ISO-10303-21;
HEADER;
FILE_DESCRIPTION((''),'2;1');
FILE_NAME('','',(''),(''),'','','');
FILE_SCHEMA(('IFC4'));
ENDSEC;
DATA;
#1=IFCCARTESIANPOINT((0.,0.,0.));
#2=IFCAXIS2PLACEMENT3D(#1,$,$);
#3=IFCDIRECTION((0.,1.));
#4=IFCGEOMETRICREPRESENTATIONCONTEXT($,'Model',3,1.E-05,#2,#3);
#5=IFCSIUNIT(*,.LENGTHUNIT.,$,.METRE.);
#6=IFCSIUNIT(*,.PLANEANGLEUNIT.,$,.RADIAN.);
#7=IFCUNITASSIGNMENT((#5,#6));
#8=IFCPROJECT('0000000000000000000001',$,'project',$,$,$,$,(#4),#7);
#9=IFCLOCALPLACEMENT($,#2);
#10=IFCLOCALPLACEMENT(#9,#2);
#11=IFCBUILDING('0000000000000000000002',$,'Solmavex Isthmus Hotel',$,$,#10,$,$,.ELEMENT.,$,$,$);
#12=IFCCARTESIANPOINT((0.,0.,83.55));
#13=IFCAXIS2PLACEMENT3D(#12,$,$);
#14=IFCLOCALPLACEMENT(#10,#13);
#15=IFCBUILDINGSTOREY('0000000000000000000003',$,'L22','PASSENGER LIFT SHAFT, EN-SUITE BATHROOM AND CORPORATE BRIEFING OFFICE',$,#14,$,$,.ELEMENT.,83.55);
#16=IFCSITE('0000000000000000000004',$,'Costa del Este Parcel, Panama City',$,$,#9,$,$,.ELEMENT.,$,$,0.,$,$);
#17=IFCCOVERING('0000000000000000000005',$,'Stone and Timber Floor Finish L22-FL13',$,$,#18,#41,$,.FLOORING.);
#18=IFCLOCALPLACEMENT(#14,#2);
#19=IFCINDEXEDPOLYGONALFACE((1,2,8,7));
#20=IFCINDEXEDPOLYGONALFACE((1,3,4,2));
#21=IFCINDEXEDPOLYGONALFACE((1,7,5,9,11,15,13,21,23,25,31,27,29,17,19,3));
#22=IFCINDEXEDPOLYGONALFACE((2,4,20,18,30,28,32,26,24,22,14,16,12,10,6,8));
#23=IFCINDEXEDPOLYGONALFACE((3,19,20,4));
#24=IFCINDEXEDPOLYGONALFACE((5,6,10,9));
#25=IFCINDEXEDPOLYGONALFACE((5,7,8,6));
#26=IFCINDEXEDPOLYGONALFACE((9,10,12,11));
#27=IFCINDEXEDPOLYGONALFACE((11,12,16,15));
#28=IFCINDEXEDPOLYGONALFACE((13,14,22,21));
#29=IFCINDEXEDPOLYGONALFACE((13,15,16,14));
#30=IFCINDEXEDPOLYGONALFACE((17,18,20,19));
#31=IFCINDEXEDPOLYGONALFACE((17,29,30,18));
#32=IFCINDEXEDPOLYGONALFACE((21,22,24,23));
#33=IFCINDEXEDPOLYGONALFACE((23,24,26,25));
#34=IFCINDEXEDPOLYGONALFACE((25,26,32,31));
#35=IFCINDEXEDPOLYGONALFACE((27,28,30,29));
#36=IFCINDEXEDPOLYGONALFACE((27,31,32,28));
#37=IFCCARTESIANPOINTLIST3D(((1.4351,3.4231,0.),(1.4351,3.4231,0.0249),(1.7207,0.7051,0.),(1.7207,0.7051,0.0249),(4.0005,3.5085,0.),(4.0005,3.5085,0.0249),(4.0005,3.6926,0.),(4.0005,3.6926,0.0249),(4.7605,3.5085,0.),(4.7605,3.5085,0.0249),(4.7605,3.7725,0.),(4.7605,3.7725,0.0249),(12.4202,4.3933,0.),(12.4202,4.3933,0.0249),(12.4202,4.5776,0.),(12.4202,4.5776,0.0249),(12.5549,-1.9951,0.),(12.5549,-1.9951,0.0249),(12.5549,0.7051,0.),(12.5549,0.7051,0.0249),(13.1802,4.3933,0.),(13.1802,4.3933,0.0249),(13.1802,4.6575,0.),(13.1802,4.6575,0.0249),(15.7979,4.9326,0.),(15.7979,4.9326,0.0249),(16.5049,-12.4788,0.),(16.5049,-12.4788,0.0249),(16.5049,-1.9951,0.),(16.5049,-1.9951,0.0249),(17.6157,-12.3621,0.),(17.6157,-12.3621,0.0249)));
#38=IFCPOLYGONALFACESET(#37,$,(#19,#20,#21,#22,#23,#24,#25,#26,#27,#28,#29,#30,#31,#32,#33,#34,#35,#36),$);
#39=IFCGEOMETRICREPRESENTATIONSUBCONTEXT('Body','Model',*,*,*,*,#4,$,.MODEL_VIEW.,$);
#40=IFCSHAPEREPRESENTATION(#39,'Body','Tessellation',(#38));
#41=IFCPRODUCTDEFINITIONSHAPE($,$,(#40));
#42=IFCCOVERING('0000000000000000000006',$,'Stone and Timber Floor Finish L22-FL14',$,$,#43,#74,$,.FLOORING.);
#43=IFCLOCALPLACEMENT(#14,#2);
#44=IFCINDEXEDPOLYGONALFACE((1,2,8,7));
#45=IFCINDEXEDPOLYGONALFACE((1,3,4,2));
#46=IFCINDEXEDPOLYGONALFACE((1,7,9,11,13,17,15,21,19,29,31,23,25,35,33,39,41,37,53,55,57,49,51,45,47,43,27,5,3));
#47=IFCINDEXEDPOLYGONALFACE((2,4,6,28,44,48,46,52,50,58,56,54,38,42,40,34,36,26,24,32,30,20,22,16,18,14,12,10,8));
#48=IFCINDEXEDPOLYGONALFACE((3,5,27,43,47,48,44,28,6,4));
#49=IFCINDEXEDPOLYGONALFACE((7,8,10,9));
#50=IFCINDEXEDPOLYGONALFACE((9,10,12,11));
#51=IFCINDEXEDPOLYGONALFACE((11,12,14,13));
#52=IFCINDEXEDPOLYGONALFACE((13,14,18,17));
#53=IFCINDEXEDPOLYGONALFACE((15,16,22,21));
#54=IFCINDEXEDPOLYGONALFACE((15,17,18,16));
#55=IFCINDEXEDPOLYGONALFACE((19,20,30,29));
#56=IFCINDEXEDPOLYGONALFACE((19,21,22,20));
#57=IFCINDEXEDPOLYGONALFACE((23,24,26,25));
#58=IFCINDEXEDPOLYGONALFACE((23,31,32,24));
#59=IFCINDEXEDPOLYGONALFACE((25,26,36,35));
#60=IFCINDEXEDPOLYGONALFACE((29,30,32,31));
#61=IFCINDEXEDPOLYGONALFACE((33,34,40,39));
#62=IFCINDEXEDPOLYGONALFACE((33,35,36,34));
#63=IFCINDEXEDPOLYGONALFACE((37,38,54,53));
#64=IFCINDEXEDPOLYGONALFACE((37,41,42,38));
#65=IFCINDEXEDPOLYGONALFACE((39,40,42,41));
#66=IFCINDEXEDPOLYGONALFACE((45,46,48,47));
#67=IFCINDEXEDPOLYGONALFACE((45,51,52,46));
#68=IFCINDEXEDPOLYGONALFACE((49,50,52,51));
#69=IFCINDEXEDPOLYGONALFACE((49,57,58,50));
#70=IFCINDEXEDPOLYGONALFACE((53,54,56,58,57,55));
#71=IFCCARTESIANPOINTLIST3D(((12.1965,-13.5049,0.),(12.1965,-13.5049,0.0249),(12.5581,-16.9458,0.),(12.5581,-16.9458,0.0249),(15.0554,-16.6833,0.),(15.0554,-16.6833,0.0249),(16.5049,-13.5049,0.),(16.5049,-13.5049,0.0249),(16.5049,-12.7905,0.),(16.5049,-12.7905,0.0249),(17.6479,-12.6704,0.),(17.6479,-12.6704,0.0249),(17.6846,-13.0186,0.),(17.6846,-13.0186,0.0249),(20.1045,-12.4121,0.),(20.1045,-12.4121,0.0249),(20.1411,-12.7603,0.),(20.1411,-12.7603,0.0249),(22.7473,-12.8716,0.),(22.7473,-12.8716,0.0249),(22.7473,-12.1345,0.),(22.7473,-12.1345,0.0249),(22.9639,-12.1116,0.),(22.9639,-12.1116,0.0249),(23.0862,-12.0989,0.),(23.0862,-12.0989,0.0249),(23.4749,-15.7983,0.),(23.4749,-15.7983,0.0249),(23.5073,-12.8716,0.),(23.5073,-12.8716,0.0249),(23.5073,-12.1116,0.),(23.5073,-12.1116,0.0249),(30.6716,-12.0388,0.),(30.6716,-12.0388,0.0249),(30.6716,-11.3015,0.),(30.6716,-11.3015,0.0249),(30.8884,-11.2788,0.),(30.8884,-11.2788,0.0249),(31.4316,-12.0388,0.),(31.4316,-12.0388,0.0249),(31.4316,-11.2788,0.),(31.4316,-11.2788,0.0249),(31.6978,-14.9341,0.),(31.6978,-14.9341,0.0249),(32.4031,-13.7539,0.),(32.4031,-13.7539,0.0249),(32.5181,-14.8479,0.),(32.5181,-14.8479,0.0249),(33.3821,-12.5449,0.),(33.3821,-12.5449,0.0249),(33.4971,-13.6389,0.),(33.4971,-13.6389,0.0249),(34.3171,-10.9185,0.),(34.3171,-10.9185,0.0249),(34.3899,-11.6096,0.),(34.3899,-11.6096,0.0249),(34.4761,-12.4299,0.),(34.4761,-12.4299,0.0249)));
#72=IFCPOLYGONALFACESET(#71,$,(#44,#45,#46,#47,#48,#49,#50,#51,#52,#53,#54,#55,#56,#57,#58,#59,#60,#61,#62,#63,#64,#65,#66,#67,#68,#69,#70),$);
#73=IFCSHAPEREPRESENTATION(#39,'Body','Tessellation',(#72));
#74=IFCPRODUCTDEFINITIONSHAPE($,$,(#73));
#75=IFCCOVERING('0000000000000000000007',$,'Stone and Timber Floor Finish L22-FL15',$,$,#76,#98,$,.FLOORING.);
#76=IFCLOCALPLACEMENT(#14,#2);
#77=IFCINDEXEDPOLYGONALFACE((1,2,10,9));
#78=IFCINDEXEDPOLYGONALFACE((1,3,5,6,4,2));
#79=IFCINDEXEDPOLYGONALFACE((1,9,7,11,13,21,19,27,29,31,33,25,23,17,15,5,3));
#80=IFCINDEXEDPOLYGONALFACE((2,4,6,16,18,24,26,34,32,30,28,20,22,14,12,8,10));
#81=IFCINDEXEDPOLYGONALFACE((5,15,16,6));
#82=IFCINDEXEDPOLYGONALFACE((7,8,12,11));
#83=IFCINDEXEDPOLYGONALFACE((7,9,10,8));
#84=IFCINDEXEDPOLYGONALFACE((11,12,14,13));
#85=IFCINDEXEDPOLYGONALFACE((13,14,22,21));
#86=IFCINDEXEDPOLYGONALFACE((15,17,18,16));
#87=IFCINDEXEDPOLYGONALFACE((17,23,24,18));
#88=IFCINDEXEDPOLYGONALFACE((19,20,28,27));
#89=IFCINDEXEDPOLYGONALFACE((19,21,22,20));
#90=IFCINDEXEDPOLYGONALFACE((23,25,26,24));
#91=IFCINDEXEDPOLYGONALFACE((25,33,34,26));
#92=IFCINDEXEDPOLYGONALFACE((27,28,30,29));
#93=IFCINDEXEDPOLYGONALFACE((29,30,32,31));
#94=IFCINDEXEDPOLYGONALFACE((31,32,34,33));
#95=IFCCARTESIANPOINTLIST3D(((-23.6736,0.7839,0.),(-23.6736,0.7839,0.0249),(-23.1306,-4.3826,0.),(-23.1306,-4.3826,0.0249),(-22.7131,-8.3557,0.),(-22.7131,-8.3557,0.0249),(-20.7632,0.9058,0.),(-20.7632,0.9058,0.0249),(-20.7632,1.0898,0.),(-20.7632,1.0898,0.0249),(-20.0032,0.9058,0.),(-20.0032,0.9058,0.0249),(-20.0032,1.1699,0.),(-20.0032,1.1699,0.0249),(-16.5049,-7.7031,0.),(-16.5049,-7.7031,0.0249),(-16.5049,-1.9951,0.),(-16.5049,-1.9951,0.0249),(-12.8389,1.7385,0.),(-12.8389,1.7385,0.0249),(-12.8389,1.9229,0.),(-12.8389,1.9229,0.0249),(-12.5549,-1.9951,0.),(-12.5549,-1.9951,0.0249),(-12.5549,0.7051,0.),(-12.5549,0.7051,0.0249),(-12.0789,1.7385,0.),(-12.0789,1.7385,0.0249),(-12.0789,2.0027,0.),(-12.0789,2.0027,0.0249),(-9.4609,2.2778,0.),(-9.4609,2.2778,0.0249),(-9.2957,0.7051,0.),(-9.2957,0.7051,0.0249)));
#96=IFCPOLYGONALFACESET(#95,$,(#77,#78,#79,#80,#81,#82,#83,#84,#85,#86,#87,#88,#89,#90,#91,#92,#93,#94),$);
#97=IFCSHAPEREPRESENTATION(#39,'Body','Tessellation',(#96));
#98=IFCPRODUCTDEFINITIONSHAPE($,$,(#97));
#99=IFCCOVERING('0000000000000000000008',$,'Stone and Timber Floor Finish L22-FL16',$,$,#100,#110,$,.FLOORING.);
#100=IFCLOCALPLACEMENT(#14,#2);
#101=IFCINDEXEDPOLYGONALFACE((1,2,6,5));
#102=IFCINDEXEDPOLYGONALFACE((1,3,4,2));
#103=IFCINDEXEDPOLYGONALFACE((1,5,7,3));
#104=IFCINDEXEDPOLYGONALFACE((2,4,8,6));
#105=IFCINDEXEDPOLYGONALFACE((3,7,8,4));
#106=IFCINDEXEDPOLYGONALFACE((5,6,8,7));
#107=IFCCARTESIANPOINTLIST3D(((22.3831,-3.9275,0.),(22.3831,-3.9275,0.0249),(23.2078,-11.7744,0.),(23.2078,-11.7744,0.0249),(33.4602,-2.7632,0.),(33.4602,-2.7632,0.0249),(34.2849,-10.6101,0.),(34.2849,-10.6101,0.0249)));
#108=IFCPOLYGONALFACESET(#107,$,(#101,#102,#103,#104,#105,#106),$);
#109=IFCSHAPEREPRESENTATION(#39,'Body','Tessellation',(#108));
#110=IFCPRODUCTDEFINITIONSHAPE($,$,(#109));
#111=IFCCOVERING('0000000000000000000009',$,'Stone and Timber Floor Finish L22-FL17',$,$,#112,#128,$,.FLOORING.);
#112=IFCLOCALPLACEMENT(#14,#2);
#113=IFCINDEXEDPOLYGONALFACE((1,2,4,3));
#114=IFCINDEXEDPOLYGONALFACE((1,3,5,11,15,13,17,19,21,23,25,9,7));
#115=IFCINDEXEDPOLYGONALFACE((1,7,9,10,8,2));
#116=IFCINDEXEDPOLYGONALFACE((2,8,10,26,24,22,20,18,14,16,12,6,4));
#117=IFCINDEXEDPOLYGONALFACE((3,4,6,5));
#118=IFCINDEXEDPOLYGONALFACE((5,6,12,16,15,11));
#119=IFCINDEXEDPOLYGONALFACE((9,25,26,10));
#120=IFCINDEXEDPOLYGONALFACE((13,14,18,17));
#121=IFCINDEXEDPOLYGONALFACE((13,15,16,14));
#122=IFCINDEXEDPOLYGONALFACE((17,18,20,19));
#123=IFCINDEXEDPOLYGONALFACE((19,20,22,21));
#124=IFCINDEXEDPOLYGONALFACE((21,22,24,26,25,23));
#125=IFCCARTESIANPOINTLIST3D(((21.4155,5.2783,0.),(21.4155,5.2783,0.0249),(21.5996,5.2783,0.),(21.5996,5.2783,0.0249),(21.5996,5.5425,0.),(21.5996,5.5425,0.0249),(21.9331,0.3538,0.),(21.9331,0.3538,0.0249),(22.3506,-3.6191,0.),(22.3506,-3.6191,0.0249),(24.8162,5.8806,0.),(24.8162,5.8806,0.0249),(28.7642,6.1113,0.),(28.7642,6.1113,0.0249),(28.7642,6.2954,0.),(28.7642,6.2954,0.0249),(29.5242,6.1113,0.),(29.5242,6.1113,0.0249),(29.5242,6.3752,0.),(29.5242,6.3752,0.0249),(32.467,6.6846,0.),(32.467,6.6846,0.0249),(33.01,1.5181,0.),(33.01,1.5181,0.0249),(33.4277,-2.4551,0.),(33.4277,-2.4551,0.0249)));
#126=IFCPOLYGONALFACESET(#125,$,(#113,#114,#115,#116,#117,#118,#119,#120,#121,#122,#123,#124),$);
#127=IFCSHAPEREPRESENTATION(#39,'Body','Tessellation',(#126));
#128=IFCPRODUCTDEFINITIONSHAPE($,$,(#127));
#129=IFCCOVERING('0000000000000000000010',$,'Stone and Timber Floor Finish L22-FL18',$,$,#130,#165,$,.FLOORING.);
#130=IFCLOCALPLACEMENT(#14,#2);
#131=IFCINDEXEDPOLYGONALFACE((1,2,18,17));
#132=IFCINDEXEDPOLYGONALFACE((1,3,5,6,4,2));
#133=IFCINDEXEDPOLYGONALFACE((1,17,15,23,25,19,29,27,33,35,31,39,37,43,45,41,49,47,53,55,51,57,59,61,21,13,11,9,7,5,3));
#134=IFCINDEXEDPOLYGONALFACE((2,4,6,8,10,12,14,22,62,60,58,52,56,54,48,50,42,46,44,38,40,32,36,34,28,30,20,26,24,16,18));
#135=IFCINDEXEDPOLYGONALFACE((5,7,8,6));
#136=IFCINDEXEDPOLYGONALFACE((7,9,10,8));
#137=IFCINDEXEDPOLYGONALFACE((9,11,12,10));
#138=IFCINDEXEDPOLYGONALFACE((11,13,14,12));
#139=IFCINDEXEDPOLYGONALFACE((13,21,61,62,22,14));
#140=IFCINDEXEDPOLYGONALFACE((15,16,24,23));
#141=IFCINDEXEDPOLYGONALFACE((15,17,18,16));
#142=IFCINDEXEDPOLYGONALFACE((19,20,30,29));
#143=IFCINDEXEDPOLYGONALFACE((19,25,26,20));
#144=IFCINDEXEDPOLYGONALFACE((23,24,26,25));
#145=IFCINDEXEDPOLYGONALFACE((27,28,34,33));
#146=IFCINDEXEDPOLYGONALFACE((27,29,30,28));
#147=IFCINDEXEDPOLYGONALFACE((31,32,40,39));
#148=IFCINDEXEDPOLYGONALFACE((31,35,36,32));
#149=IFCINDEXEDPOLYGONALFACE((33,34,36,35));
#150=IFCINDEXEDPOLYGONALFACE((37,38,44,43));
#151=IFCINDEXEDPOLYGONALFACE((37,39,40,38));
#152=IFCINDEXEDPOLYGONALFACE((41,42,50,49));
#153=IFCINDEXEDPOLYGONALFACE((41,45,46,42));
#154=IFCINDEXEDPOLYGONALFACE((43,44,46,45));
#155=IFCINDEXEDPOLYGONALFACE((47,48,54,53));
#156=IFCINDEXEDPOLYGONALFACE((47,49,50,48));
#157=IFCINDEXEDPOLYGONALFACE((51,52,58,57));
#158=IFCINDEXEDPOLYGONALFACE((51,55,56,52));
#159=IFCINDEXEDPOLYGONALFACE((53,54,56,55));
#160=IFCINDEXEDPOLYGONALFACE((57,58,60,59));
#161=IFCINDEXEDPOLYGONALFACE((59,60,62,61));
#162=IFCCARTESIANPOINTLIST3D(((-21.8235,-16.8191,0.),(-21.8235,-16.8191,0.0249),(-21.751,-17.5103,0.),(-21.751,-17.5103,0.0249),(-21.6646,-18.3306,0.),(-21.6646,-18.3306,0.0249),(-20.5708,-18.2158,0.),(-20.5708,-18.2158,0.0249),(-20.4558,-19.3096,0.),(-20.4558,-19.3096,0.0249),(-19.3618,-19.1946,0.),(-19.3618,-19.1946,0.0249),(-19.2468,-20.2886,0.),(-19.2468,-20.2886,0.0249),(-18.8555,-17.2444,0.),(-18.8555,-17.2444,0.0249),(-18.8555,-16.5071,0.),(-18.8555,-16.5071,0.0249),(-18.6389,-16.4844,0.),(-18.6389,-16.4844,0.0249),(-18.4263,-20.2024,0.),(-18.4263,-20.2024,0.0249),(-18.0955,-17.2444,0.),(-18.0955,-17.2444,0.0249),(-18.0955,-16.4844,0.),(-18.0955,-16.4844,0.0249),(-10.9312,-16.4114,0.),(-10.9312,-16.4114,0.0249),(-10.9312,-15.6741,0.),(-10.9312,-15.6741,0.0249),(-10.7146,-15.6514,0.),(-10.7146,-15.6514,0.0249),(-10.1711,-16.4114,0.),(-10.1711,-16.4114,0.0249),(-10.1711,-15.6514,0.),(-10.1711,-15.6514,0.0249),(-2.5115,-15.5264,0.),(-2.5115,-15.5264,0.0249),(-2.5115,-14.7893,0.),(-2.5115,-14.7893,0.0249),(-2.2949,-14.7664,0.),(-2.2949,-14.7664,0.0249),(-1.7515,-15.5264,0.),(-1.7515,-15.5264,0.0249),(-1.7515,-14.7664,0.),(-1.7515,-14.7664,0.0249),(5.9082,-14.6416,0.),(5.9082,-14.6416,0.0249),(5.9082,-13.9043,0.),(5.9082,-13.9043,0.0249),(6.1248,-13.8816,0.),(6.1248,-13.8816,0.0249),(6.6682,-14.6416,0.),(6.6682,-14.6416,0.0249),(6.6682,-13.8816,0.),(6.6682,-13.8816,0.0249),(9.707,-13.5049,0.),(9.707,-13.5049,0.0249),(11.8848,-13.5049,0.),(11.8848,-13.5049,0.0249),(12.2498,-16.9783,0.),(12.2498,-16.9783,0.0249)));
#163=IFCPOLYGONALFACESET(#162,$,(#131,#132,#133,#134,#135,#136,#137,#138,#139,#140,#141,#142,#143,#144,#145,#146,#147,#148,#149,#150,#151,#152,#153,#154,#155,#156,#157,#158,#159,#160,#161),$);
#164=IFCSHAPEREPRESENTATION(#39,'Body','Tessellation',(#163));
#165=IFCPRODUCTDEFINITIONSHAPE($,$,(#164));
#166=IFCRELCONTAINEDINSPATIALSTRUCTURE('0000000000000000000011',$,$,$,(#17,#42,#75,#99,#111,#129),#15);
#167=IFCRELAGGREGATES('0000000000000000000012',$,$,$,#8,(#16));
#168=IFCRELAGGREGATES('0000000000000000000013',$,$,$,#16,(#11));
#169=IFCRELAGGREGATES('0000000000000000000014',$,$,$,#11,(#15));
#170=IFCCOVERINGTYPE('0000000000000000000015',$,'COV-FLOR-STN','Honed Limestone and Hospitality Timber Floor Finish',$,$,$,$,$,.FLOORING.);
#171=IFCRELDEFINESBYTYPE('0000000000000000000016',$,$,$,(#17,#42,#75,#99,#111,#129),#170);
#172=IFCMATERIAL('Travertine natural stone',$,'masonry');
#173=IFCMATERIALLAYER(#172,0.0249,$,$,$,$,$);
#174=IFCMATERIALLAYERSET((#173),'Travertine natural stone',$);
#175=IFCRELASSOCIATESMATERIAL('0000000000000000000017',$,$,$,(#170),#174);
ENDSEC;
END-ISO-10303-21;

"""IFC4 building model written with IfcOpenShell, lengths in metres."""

from ifc_helpers import new_model, si_unit, direction, frame, origin, place, context, subcontext, project, spatial, polyline, outline, extrude, material, layer, layer_set, type_object, element, save


model = new_model("IFC4")

# Units and contexts
model_context = context("Model", 3, precision=1e-05, world=origin(), true_north=direction((0.0, 1.0)))
body_context = subcontext(model_context, "Body", "Model", "MODEL_VIEW")
ifc_project = project(units=[si_unit("LENGTHUNIT", "METRE"), si_unit("PLANEANGLEUNIT", "RADIAN")], contexts=[model_context])

# Site, building, storey
site_placement = place(None, origin())
site = spatial("IfcSite", under=ifc_project, at=site_placement, Name="Costa del Este Parcel, Panama City", CompositionType="ELEMENT", RefElevation=0.0)
building_placement = place(site_placement, origin())
building = spatial("IfcBuilding", under=site, at=building_placement, Name="Solmavex Isthmus Hotel", CompositionType="ELEMENT")
storey_placement = place(building_placement, frame((0.0, 0.0, 83.55)))
storey = spatial("IfcBuildingStorey", under=building, at=storey_placement, Name="L22", Description="PASSENGER LIFT SHAFT, EN-SUITE BATHROOM AND CORPORATE BRIEFING OFFICE", CompositionType="ELEMENT", Elevation=83.55)

# Coverings
ifc_material_1 = material(Name="Travertine natural stone", Category="masonry")
ifc_layer_1 = layer(ifc_material_1, 0.0249)
ifc_layer_set_1 = layer_set([ifc_layer_1], Name="Travertine natural stone")
covering_type_1 = type_object("IfcCoveringType", Name="COV-FLOR-STN", Description="Honed Limestone and Hospitality Timber Floor Finish", PredefinedType="FLOORING", material=ifc_layer_set_1)
covering_1_placement = place(storey_placement, origin())
element("IfcCovering", 1, at=covering_1_placement, inside=storey, type_object=covering_type_1, Name="Stone and Timber Floor Finish L22-FL13", PredefinedType="FLOORING", context=body_context, shape_type="SweptSolid", body=[
    extrude(outline(polyline([(4.7605, 3.7725), (4.7605, 3.5085), (4.0005, 3.5085), (4.0005, 3.6926), (1.4351, 3.4231), (1.7207, 0.7051), (12.5549, 0.7051), (12.5549, -1.9951), (16.5049, -1.9951), (16.5049, -12.4788), (17.6157, -12.3621), (15.7979, 4.9326), (13.1802, 4.6575), (13.1802, 4.3933), (12.4202, 4.3933), (12.4202, 4.5776), (4.7605, 3.7725)])), origin(), (0.0, 0.0, 1.0), 0.0249),
])
covering_2_placement = place(storey_placement, origin())
element("IfcCovering", 2, at=covering_2_placement, inside=storey, type_object=covering_type_1, Name="Stone and Timber Floor Finish L22-FL14", PredefinedType="FLOORING", context=body_context, shape_type="SweptSolid", body=[
    extrude(outline(polyline([(16.5049, -12.7905), (16.5049, -13.5049), (12.1965, -13.5049), (12.5581, -16.9458), (15.0554, -16.6833), (23.4749, -15.7983), (31.6978, -14.9341), (32.5181, -14.8479), (32.4031, -13.7539), (33.4971, -13.6389), (33.3821, -12.5449), (34.4761, -12.4299), (34.3899, -11.6096), (34.3171, -10.9185), (30.8884, -11.2788), (31.4316, -11.2788), (31.4316, -12.0388), (30.6716, -12.0388), (30.6716, -11.3015), (23.0862, -12.0989), (22.9639, -12.1116), (23.5073, -12.1116), (23.5073, -12.8716), (22.7473, -12.8716), (22.7473, -12.1345), (20.1045, -12.4121), (20.1411, -12.7603), (17.6846, -13.0186), (17.6479, -12.6704), (16.5049, -12.7905)])), origin(), (0.0, 0.0, 1.0), 0.0249),
])
covering_3_placement = place(storey_placement, origin())
element("IfcCovering", 3, at=covering_3_placement, inside=storey, type_object=covering_type_1, Name="Stone and Timber Floor Finish L22-FL15", PredefinedType="FLOORING", context=body_context, shape_type="SweptSolid", body=[
    extrude(outline(polyline([(-20.0032, 1.1699), (-20.0032, 0.9058), (-20.7632, 0.9058), (-20.7632, 1.0898), (-23.6736, 0.7839), (-23.1306, -4.3826), (-22.7131, -8.3557), (-16.5049, -7.7031), (-16.5049, -1.9951), (-12.5549, -1.9951), (-12.5549, 0.7051), (-9.2957, 0.7051), (-9.4609, 2.2778), (-12.0789, 2.0027), (-12.0789, 1.7385), (-12.8389, 1.7385), (-12.8389, 1.9229), (-20.0032, 1.1699)])), origin(), (0.0, 0.0, 1.0), 0.0249),
])
covering_4_placement = place(storey_placement, origin())
element("IfcCovering", 4, at=covering_4_placement, inside=storey, type_object=covering_type_1, Name="Stone and Timber Floor Finish L22-FL16", PredefinedType="FLOORING", context=body_context, shape_type="SweptSolid", body=[
    extrude(outline(polyline([(33.4602, -2.7632), (22.3831, -3.9275), (23.2078, -11.7744), (34.2849, -10.6101), (33.4602, -2.7632)])), origin(), (0.0, 0.0, 1.0), 0.0249),
])
covering_5_placement = place(storey_placement, origin())
element("IfcCovering", 5, at=covering_5_placement, inside=storey, type_object=covering_type_1, Name="Stone and Timber Floor Finish L22-FL17", PredefinedType="FLOORING", context=body_context, shape_type="SweptSolid", body=[
    extrude(outline(polyline([(21.5996, 5.5425), (21.5996, 5.2783), (21.4155, 5.2783), (21.9331, 0.3538), (22.3506, -3.6191), (33.4277, -2.4551), (33.01, 1.5181), (32.467, 6.6846), (29.5242, 6.3752), (29.5242, 6.1113), (28.7642, 6.1113), (28.7642, 6.2954), (24.8162, 5.8806), (21.5996, 5.5425)])), origin(), (0.0, 0.0, 1.0), 0.0249),
])
covering_6_placement = place(storey_placement, origin())
element("IfcCovering", 6, at=covering_6_placement, inside=storey, type_object=covering_type_1, Name="Stone and Timber Floor Finish L22-FL18", PredefinedType="FLOORING", context=body_context, shape_type="SweptSolid", body=[
    extrude(outline(polyline([(-20.5708, -18.2158), (-20.4558, -19.3096), (-19.3618, -19.1946), (-19.2468, -20.2886), (-18.4263, -20.2024), (12.2498, -16.9783), (11.8848, -13.5049), (9.707, -13.5049), (6.1248, -13.8816), (6.6682, -13.8816), (6.6682, -14.6416), (5.9082, -14.6416), (5.9082, -13.9043), (-2.2949, -14.7664), (-1.7515, -14.7664), (-1.7515, -15.5264), (-2.5115, -15.5264), (-2.5115, -14.7893), (-10.7146, -15.6514), (-10.1711, -15.6514), (-10.1711, -16.4114), (-10.9312, -16.4114), (-10.9312, -15.6741), (-18.6389, -16.4844), (-18.0955, -16.4844), (-18.0955, -17.2444), (-18.8555, -17.2444), (-18.8555, -16.5071), (-21.8235, -16.8191), (-21.751, -17.5103), (-21.6646, -18.3306), (-20.5708, -18.2158)])), origin(), (0.0, 0.0, 1.0), 0.0249),
])

save(model, "model.ifc")
